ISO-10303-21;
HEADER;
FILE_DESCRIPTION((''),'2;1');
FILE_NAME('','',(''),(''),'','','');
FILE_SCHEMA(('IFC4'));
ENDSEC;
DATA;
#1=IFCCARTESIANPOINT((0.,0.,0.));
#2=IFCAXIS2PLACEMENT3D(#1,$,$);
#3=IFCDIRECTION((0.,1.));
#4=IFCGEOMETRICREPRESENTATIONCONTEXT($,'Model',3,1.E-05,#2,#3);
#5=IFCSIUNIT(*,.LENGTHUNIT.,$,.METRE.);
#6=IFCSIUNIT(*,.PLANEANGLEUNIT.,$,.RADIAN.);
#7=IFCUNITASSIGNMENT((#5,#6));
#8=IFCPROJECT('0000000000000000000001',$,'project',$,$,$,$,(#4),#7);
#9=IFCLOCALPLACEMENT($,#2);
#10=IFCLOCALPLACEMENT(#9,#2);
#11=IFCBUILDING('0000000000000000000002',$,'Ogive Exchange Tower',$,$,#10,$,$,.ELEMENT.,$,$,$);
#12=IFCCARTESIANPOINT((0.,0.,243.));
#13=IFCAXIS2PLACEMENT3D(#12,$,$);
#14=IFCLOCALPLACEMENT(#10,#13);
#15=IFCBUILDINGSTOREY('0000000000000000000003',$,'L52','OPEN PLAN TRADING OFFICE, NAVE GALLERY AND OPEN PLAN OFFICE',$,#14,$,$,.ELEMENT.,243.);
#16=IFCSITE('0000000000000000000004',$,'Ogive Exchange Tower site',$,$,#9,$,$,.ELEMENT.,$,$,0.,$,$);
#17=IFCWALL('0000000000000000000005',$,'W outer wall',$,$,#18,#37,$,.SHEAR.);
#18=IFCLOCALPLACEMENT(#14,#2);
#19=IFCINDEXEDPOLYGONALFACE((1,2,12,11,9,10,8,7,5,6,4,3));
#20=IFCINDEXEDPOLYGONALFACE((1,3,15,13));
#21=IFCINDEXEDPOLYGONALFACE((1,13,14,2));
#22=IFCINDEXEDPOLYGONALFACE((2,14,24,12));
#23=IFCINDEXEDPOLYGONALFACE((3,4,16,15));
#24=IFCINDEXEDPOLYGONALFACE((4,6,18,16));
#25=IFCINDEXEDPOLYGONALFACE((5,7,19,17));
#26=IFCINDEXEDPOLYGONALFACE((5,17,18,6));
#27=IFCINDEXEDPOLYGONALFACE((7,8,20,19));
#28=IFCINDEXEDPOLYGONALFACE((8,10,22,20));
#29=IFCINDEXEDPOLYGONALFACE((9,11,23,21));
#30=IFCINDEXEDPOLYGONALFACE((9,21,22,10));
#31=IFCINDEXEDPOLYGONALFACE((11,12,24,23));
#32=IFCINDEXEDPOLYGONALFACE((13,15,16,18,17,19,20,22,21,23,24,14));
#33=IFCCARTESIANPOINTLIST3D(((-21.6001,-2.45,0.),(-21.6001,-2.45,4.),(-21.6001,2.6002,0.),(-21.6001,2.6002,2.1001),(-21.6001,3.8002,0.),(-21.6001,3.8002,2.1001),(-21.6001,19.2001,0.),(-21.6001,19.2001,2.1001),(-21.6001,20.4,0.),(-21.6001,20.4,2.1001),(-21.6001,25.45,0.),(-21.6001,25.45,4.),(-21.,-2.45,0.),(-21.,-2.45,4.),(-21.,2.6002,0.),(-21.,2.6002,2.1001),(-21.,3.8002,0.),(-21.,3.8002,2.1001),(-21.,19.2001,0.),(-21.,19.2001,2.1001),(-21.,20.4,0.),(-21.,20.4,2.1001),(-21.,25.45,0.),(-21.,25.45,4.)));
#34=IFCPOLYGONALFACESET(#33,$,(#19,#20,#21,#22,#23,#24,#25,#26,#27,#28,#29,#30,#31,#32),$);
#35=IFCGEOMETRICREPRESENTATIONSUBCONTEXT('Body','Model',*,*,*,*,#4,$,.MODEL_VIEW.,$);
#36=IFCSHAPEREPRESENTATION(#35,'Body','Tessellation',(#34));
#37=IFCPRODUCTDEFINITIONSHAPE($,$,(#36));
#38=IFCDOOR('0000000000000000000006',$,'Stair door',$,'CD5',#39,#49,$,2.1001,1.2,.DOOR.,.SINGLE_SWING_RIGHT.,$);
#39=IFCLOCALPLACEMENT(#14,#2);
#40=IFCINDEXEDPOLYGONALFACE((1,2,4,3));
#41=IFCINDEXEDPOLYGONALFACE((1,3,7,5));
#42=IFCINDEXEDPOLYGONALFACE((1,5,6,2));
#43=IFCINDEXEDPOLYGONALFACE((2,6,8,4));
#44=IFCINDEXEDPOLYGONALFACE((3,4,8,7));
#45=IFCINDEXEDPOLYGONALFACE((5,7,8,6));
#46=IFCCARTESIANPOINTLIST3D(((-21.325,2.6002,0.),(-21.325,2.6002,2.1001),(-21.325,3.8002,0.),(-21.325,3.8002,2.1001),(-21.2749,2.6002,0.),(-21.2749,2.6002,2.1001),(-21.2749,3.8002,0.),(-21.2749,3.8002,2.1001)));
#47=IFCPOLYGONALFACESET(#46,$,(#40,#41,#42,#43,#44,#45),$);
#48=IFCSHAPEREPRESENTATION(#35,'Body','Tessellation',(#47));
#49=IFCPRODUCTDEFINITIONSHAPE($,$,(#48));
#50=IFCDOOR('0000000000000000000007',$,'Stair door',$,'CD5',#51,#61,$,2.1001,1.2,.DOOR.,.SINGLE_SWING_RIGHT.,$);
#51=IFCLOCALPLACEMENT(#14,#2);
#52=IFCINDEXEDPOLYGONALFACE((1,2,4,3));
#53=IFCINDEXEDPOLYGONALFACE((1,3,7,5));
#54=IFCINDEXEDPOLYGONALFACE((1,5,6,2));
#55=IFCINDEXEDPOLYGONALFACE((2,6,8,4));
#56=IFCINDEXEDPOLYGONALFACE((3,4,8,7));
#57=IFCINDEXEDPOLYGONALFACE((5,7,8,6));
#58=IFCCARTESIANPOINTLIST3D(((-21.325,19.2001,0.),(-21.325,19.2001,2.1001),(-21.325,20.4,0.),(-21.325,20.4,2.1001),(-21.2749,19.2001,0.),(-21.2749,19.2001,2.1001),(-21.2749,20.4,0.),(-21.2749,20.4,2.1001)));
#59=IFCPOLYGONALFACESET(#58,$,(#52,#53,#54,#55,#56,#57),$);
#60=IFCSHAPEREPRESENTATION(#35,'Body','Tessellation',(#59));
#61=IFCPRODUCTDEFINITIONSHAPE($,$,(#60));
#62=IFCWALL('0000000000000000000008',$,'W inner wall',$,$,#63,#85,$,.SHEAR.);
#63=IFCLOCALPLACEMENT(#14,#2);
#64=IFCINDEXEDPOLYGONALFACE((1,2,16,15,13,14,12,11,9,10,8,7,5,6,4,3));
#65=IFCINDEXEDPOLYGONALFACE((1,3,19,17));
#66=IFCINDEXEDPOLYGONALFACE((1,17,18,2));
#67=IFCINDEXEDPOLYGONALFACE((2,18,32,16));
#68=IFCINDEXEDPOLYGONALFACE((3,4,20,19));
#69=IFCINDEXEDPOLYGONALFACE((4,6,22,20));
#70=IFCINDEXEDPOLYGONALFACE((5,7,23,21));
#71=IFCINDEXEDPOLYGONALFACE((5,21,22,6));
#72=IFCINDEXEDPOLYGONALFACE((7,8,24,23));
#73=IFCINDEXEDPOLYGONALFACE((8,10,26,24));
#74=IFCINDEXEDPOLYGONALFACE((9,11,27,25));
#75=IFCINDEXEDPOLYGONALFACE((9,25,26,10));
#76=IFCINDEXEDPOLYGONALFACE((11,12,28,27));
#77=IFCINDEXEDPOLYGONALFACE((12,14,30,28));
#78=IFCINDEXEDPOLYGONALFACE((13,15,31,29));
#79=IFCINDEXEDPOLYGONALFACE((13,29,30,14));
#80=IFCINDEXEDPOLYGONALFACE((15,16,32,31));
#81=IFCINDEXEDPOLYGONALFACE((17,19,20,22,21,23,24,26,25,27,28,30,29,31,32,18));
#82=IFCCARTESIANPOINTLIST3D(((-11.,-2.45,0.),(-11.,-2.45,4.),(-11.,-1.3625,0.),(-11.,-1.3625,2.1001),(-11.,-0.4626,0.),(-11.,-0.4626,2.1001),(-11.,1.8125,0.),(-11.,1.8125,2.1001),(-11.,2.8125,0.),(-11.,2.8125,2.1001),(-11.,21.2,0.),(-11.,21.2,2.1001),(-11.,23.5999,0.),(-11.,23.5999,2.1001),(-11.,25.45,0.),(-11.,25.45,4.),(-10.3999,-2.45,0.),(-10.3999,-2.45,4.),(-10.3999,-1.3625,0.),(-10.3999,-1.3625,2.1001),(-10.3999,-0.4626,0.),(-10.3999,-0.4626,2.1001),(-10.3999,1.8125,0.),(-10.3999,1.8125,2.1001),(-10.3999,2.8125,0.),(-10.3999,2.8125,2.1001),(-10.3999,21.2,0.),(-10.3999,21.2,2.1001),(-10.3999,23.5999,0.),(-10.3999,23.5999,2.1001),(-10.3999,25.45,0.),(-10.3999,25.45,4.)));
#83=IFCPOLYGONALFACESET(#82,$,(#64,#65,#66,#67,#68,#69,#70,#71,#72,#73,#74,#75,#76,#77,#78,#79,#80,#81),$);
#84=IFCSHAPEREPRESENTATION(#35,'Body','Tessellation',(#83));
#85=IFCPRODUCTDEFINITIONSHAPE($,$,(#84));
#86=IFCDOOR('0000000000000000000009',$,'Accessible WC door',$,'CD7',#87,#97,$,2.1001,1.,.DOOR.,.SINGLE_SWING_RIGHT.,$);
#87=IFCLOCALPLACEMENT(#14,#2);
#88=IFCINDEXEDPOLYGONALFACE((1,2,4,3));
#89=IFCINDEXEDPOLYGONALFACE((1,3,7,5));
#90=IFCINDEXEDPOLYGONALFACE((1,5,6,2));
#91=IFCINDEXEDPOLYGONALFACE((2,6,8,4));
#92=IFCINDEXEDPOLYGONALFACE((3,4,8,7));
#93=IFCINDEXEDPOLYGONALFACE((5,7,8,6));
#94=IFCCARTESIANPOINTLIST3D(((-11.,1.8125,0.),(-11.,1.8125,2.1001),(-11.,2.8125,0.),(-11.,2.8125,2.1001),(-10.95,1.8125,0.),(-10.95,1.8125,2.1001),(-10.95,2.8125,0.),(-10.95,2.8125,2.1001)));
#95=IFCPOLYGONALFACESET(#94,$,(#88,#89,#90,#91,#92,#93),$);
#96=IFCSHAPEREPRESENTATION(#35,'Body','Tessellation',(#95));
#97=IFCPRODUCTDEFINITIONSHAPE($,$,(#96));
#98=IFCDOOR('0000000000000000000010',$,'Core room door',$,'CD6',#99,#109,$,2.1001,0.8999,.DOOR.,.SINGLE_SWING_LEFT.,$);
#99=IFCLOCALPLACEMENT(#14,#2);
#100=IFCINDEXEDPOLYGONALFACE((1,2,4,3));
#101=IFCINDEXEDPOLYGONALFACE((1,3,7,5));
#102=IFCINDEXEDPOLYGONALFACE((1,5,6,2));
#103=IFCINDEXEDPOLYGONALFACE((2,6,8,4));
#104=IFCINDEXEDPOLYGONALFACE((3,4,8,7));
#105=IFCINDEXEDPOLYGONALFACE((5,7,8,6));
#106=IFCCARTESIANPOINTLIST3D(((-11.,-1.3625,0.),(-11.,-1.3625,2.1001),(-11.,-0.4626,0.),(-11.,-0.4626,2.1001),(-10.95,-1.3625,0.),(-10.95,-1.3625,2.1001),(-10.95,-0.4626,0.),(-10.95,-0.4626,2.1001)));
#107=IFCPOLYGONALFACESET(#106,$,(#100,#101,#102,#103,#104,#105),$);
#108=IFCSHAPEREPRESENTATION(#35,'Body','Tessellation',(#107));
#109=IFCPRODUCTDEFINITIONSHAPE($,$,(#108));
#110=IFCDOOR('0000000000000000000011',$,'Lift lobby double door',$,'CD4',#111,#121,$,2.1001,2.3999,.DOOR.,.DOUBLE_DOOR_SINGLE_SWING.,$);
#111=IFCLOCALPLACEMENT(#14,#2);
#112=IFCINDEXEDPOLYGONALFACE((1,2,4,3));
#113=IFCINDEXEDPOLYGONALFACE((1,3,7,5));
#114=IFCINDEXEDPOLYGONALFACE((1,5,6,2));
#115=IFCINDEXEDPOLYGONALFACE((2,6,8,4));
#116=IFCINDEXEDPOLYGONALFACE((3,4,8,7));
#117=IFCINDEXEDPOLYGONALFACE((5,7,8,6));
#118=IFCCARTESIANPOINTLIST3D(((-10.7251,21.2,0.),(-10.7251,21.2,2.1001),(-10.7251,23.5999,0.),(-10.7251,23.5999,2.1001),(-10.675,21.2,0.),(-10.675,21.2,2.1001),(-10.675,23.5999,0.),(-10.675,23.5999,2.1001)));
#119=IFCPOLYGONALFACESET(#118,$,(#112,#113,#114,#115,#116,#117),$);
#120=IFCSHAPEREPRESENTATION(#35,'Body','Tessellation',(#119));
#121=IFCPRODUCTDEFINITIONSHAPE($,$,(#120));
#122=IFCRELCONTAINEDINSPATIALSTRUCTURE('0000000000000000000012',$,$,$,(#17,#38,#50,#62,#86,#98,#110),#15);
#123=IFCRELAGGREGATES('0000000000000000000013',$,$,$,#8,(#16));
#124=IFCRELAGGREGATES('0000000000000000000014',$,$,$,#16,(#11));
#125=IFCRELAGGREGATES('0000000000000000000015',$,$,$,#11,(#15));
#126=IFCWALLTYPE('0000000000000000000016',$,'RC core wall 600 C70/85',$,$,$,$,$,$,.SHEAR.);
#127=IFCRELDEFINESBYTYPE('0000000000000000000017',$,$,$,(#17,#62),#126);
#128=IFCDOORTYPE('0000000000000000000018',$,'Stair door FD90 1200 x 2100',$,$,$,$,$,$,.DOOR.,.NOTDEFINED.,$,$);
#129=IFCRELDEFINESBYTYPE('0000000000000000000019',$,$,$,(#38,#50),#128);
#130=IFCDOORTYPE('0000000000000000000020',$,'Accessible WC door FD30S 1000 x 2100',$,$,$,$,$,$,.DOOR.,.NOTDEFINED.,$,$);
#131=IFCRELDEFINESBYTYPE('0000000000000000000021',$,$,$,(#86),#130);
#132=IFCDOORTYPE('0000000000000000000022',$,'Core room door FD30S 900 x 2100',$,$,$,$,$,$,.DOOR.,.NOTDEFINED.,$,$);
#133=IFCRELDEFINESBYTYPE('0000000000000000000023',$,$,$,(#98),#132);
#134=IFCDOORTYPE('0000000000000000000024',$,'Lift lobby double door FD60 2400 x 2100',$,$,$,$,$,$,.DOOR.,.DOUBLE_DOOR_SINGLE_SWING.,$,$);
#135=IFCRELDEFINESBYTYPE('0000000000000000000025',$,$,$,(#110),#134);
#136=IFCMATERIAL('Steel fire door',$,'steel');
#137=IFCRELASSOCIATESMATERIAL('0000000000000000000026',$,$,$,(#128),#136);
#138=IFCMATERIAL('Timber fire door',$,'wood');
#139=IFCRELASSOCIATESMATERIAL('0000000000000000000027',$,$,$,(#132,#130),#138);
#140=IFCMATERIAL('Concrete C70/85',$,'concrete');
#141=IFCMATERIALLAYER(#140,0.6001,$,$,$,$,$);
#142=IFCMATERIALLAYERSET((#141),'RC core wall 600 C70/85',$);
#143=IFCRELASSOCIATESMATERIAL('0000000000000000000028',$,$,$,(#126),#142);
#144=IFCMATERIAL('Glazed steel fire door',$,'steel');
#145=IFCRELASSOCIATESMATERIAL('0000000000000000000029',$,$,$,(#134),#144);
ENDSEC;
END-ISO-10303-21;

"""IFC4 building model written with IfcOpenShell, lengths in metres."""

from ifc_helpers import new_model, si_unit, direction, frame, frame_2d, origin, place, context, subcontext, project, spatial, rectangle, extrude, material, layer, layer_set, type_object, element, fill, save


model = new_model("IFC4")

# Units and contexts
model_context = context("Model", 3, precision=1e-05, world=origin(), true_north=direction((0.0, 1.0)))
body_context = subcontext(model_context, "Body", "Model", "MODEL_VIEW")
ifc_project = project(units=[si_unit("LENGTHUNIT", "METRE"), si_unit("PLANEANGLEUNIT", "RADIAN")], contexts=[model_context])

# Site, building, storey
site_placement = place(None, origin())
site = spatial("IfcSite", under=ifc_project, at=site_placement, Name="Ogive Exchange Tower site", CompositionType="ELEMENT", RefElevation=0.0)
building_placement = place(site_placement, origin())
building = spatial("IfcBuilding", under=site, at=building_placement, Name="Ogive Exchange Tower", CompositionType="ELEMENT")
storey_placement = place(building_placement, frame((0.0, 0.0, 243.0)))
storey = spatial("IfcBuildingStorey", under=building, at=storey_placement, Name="L52", Description="OPEN PLAN TRADING OFFICE, NAVE GALLERY AND OPEN PLAN OFFICE", CompositionType="ELEMENT", Elevation=243.0)

# Shared definitions
ifc_material_1 = material(Name="Concrete C70/85", Category="concrete")
ifc_material_2 = material(Name="Steel fire door", Category="steel")
door_type_1 = type_object("IfcDoorType", Name="Stair door FD90 1200 x 2100", OperationType="NOTDEFINED", PredefinedType="DOOR", material=ifc_material_2)

# Shared definitions
ifc_material_3 = material(Name="Timber fire door", Category="wood")
door_type_2 = type_object("IfcDoorType", Name="Core room door FD30S 900 x 2100", OperationType="NOTDEFINED", PredefinedType="DOOR", material=ifc_material_3)

# Walls, openings, doors
ifc_layer_1 = layer(ifc_material_1, 0.6001)
ifc_layer_set_1 = layer_set([ifc_layer_1], Name="RC core wall 600 C70/85")
wall_type_1 = type_object("IfcWallType", Name="RC core wall 600 C70/85", PredefinedType="SHEAR", material=ifc_layer_set_1)
wall_1_placement = place(storey_placement, frame((-21.3, -2.45, 0.0), z_axis=(0.0, 0.0, 1.0), x_axis=(0.0, 1.0, 0.0)))
wall_1 = element("IfcWall", 1, at=wall_1_placement, inside=storey, type_object=wall_type_1, Name="W outer wall", PredefinedType="SHEAR", context=body_context, shape_type="SweptSolid", body=[
    extrude(rectangle(XDim=27.8999, YDim=0.6001, at=frame_2d((13.95, 0.0))), origin(), (0.0, 0.0, 1.0), 4.0),
])
opening_1_placement = place(wall_1_placement, frame((5.05, 0.0, 0.0)))
opening_1 = element("IfcOpeningElement", 2, at=opening_1_placement, cuts=wall_1, PredefinedType="OPENING", context=body_context, shape_type="SweptSolid", body=[
    extrude(rectangle(XDim=1.2, YDim=2.1001, at=frame_2d((0.6001, 1.05))), frame((0.0, 0.3101, 0.0), z_axis=(0.0, -1.0, 0.0), x_axis=(1.0, 0.0, 0.0)), (0.0, 0.0, 1.0), 0.6201),
])
opening_2_placement = place(wall_1_placement, frame((21.6499, 0.0, 0.0)))
opening_2 = element("IfcOpeningElement", 3, at=opening_2_placement, cuts=wall_1, PredefinedType="OPENING", context=body_context, shape_type="SweptSolid", body=[
    extrude(rectangle(XDim=1.2, YDim=2.1001, at=frame_2d((0.6001, 1.05))), frame((0.0, 0.3101, 0.0), z_axis=(0.0, -1.0, 0.0), x_axis=(1.0, 0.0, 0.0)), (0.0, 0.0, 1.0), 0.6201),
])
door_1_placement = place(opening_1_placement, origin())
door_1 = element("IfcDoor", 4, at=door_1_placement, inside=storey, type_object=door_type_1, Name="Stair door", ObjectType="CD5", OperationType="SINGLE_SWING_RIGHT", OverallHeight=2.1001, OverallWidth=1.2, PredefinedType="DOOR", context=body_context, shape_type="SweptSolid", body=[
    extrude(rectangle(XDim=1.2, YDim=2.1001, at=frame_2d((0.6001, 1.05))), frame((0.0, 0.0249, 0.0), z_axis=(0.0, -1.0, 0.0), x_axis=(1.0, 0.0, 0.0)), (0.0, 0.0, 1.0), 0.05),
])
fill(opening_1, door_1)
door_2_placement = place(opening_2_placement, origin())
door_2 = element("IfcDoor", 5, at=door_2_placement, inside=storey, type_object=door_type_1, Name="Stair door", ObjectType="CD5", OperationType="SINGLE_SWING_RIGHT", OverallHeight=2.1001, OverallWidth=1.2, PredefinedType="DOOR", context=body_context, shape_type="SweptSolid", body=[
    extrude(rectangle(XDim=1.2, YDim=2.1001, at=frame_2d((0.6001, 1.05))), frame((0.0, 0.0249, 0.0), z_axis=(0.0, -1.0, 0.0), x_axis=(1.0, 0.0, 0.0)), (0.0, 0.0, 1.0), 0.05),
])
fill(opening_2, door_2)
wall_2_placement = place(storey_placement, frame((-10.7, -2.45, 0.0), z_axis=(0.0, 0.0, 1.0), x_axis=(0.0, 1.0, 0.0)))
wall_2 = element("IfcWall", 6, at=wall_2_placement, inside=storey, type_object=wall_type_1, Name="W inner wall", PredefinedType="SHEAR", context=body_context, shape_type="SweptSolid", body=[
    extrude(rectangle(XDim=27.8999, YDim=0.6001, at=frame_2d((13.95, 0.0))), origin(), (0.0, 0.0, 1.0), 4.0),
])
opening_3_placement = place(wall_2_placement, frame((23.6499, 0.0, 0.0)))
opening_3 = element("IfcOpeningElement", 7, at=opening_3_placement, cuts=wall_2, PredefinedType="OPENING", context=body_context, shape_type="SweptSolid", body=[
    extrude(rectangle(XDim=2.3999, YDim=2.1001, at=frame_2d((1.2, 1.05))), frame((0.0, 0.3101, 0.0), z_axis=(0.0, -1.0, 0.0), x_axis=(1.0, 0.0, 0.0)), (0.0, 0.0, 1.0), 0.6201),
])
opening_4_placement = place(wall_2_placement, frame((1.0874, 0.0, 0.0)))
opening_4 = element("IfcOpeningElement", 8, at=opening_4_placement, cuts=wall_2, PredefinedType="OPENING", context=body_context, shape_type="SweptSolid", body=[
    extrude(rectangle(XDim=0.8999, YDim=2.1001, at=frame_2d((0.45, 1.05))), frame((0.0, 0.3101, 0.0), z_axis=(0.0, -1.0, 0.0), x_axis=(1.0, 0.0, 0.0)), (0.0, 0.0, 1.0), 0.6201),
])
opening_5_placement = place(wall_2_placement, frame((4.2625, 0.0, 0.0)))
opening_5 = element("IfcOpeningElement", 9, at=opening_5_placement, cuts=wall_2, PredefinedType="OPENING", context=body_context, shape_type="SweptSolid", body=[
    extrude(rectangle(XDim=1.0, YDim=2.1001, at=frame_2d((0.5, 1.05))), frame((0.0, 0.3101, 0.0), z_axis=(0.0, -1.0, 0.0), x_axis=(1.0, 0.0, 0.0)), (0.0, 0.0, 1.0), 0.6201),
])
door_type_3 = type_object("IfcDoorType", Name="Accessible WC door FD30S 1000 x 2100", OperationType="NOTDEFINED", PredefinedType="DOOR", material=ifc_material_3)
door_3_placement = place(opening_5_placement, frame((1.0, 0.5498, 0.0), z_axis=(0.0, 0.0, 1.0), x_axis=(-1.0, 0.0, 0.0)))
door_3 = element("IfcDoor", 10, at=door_3_placement, inside=storey, type_object=door_type_3, Name="Accessible WC door", ObjectType="CD7", OperationType="SINGLE_SWING_RIGHT", OverallHeight=2.1001, OverallWidth=1.0, PredefinedType="DOOR", context=body_context, shape_type="SweptSolid", body=[
    extrude(rectangle(XDim=1.0, YDim=2.1001, at=frame_2d((0.5, 1.05))), frame((0.0, 0.2998, 0.0), z_axis=(0.0, -1.0, 0.0), x_axis=(1.0, 0.0, 0.0)), (0.0, 0.0, 1.0), 0.05),
])
fill(opening_5, door_3)
door_4_placement = place(opening_4_placement, frame((0.8999, 0.5498, 0.0), z_axis=(0.0, 0.0, 1.0), x_axis=(-1.0, 0.0, 0.0)))
door_4 = element("IfcDoor", 11, at=door_4_placement, inside=storey, type_object=door_type_2, Name="Core room door", ObjectType="CD6", OperationType="SINGLE_SWING_LEFT", OverallHeight=2.1001, OverallWidth=0.8999, PredefinedType="DOOR", context=body_context, shape_type="SweptSolid", body=[
    extrude(rectangle(XDim=0.8999, YDim=2.1001, at=frame_2d((0.45, 1.05))), frame((0.0, 0.2998, 0.0), z_axis=(0.0, -1.0, 0.0), x_axis=(1.0, 0.0, 0.0)), (0.0, 0.0, 1.0), 0.05),
])
fill(opening_4, door_4)
ifc_material_4 = material(Name="Glazed steel fire door", Category="steel")
door_type_4 = type_object("IfcDoorType", Name="Lift lobby double door FD60 2400 x 2100", OperationType="DOUBLE_DOOR_SINGLE_SWING", PredefinedType="DOOR", material=ifc_material_4)
door_5_placement = place(opening_3_placement, frame((2.3999, 0.0, 0.0), z_axis=(0.0, 0.0, 1.0), x_axis=(-1.0, 0.0, 0.0)))
door_5 = element("IfcDoor", 12, at=door_5_placement, inside=storey, type_object=door_type_4, Name="Lift lobby double door", ObjectType="CD4", OperationType="DOUBLE_DOOR_SINGLE_SWING", OverallHeight=2.1001, OverallWidth=2.3999, PredefinedType="DOOR", context=body_context, shape_type="SweptSolid", body=[
    extrude(rectangle(XDim=2.3999, YDim=2.1001, at=frame_2d((1.2, 1.05))), frame((0.0, 0.0249, 0.0), z_axis=(0.0, -1.0, 0.0), x_axis=(1.0, 0.0, 0.0)), (0.0, 0.0, 1.0), 0.05),
])
fill(opening_3, door_5)

save(model, "model.ifc")
